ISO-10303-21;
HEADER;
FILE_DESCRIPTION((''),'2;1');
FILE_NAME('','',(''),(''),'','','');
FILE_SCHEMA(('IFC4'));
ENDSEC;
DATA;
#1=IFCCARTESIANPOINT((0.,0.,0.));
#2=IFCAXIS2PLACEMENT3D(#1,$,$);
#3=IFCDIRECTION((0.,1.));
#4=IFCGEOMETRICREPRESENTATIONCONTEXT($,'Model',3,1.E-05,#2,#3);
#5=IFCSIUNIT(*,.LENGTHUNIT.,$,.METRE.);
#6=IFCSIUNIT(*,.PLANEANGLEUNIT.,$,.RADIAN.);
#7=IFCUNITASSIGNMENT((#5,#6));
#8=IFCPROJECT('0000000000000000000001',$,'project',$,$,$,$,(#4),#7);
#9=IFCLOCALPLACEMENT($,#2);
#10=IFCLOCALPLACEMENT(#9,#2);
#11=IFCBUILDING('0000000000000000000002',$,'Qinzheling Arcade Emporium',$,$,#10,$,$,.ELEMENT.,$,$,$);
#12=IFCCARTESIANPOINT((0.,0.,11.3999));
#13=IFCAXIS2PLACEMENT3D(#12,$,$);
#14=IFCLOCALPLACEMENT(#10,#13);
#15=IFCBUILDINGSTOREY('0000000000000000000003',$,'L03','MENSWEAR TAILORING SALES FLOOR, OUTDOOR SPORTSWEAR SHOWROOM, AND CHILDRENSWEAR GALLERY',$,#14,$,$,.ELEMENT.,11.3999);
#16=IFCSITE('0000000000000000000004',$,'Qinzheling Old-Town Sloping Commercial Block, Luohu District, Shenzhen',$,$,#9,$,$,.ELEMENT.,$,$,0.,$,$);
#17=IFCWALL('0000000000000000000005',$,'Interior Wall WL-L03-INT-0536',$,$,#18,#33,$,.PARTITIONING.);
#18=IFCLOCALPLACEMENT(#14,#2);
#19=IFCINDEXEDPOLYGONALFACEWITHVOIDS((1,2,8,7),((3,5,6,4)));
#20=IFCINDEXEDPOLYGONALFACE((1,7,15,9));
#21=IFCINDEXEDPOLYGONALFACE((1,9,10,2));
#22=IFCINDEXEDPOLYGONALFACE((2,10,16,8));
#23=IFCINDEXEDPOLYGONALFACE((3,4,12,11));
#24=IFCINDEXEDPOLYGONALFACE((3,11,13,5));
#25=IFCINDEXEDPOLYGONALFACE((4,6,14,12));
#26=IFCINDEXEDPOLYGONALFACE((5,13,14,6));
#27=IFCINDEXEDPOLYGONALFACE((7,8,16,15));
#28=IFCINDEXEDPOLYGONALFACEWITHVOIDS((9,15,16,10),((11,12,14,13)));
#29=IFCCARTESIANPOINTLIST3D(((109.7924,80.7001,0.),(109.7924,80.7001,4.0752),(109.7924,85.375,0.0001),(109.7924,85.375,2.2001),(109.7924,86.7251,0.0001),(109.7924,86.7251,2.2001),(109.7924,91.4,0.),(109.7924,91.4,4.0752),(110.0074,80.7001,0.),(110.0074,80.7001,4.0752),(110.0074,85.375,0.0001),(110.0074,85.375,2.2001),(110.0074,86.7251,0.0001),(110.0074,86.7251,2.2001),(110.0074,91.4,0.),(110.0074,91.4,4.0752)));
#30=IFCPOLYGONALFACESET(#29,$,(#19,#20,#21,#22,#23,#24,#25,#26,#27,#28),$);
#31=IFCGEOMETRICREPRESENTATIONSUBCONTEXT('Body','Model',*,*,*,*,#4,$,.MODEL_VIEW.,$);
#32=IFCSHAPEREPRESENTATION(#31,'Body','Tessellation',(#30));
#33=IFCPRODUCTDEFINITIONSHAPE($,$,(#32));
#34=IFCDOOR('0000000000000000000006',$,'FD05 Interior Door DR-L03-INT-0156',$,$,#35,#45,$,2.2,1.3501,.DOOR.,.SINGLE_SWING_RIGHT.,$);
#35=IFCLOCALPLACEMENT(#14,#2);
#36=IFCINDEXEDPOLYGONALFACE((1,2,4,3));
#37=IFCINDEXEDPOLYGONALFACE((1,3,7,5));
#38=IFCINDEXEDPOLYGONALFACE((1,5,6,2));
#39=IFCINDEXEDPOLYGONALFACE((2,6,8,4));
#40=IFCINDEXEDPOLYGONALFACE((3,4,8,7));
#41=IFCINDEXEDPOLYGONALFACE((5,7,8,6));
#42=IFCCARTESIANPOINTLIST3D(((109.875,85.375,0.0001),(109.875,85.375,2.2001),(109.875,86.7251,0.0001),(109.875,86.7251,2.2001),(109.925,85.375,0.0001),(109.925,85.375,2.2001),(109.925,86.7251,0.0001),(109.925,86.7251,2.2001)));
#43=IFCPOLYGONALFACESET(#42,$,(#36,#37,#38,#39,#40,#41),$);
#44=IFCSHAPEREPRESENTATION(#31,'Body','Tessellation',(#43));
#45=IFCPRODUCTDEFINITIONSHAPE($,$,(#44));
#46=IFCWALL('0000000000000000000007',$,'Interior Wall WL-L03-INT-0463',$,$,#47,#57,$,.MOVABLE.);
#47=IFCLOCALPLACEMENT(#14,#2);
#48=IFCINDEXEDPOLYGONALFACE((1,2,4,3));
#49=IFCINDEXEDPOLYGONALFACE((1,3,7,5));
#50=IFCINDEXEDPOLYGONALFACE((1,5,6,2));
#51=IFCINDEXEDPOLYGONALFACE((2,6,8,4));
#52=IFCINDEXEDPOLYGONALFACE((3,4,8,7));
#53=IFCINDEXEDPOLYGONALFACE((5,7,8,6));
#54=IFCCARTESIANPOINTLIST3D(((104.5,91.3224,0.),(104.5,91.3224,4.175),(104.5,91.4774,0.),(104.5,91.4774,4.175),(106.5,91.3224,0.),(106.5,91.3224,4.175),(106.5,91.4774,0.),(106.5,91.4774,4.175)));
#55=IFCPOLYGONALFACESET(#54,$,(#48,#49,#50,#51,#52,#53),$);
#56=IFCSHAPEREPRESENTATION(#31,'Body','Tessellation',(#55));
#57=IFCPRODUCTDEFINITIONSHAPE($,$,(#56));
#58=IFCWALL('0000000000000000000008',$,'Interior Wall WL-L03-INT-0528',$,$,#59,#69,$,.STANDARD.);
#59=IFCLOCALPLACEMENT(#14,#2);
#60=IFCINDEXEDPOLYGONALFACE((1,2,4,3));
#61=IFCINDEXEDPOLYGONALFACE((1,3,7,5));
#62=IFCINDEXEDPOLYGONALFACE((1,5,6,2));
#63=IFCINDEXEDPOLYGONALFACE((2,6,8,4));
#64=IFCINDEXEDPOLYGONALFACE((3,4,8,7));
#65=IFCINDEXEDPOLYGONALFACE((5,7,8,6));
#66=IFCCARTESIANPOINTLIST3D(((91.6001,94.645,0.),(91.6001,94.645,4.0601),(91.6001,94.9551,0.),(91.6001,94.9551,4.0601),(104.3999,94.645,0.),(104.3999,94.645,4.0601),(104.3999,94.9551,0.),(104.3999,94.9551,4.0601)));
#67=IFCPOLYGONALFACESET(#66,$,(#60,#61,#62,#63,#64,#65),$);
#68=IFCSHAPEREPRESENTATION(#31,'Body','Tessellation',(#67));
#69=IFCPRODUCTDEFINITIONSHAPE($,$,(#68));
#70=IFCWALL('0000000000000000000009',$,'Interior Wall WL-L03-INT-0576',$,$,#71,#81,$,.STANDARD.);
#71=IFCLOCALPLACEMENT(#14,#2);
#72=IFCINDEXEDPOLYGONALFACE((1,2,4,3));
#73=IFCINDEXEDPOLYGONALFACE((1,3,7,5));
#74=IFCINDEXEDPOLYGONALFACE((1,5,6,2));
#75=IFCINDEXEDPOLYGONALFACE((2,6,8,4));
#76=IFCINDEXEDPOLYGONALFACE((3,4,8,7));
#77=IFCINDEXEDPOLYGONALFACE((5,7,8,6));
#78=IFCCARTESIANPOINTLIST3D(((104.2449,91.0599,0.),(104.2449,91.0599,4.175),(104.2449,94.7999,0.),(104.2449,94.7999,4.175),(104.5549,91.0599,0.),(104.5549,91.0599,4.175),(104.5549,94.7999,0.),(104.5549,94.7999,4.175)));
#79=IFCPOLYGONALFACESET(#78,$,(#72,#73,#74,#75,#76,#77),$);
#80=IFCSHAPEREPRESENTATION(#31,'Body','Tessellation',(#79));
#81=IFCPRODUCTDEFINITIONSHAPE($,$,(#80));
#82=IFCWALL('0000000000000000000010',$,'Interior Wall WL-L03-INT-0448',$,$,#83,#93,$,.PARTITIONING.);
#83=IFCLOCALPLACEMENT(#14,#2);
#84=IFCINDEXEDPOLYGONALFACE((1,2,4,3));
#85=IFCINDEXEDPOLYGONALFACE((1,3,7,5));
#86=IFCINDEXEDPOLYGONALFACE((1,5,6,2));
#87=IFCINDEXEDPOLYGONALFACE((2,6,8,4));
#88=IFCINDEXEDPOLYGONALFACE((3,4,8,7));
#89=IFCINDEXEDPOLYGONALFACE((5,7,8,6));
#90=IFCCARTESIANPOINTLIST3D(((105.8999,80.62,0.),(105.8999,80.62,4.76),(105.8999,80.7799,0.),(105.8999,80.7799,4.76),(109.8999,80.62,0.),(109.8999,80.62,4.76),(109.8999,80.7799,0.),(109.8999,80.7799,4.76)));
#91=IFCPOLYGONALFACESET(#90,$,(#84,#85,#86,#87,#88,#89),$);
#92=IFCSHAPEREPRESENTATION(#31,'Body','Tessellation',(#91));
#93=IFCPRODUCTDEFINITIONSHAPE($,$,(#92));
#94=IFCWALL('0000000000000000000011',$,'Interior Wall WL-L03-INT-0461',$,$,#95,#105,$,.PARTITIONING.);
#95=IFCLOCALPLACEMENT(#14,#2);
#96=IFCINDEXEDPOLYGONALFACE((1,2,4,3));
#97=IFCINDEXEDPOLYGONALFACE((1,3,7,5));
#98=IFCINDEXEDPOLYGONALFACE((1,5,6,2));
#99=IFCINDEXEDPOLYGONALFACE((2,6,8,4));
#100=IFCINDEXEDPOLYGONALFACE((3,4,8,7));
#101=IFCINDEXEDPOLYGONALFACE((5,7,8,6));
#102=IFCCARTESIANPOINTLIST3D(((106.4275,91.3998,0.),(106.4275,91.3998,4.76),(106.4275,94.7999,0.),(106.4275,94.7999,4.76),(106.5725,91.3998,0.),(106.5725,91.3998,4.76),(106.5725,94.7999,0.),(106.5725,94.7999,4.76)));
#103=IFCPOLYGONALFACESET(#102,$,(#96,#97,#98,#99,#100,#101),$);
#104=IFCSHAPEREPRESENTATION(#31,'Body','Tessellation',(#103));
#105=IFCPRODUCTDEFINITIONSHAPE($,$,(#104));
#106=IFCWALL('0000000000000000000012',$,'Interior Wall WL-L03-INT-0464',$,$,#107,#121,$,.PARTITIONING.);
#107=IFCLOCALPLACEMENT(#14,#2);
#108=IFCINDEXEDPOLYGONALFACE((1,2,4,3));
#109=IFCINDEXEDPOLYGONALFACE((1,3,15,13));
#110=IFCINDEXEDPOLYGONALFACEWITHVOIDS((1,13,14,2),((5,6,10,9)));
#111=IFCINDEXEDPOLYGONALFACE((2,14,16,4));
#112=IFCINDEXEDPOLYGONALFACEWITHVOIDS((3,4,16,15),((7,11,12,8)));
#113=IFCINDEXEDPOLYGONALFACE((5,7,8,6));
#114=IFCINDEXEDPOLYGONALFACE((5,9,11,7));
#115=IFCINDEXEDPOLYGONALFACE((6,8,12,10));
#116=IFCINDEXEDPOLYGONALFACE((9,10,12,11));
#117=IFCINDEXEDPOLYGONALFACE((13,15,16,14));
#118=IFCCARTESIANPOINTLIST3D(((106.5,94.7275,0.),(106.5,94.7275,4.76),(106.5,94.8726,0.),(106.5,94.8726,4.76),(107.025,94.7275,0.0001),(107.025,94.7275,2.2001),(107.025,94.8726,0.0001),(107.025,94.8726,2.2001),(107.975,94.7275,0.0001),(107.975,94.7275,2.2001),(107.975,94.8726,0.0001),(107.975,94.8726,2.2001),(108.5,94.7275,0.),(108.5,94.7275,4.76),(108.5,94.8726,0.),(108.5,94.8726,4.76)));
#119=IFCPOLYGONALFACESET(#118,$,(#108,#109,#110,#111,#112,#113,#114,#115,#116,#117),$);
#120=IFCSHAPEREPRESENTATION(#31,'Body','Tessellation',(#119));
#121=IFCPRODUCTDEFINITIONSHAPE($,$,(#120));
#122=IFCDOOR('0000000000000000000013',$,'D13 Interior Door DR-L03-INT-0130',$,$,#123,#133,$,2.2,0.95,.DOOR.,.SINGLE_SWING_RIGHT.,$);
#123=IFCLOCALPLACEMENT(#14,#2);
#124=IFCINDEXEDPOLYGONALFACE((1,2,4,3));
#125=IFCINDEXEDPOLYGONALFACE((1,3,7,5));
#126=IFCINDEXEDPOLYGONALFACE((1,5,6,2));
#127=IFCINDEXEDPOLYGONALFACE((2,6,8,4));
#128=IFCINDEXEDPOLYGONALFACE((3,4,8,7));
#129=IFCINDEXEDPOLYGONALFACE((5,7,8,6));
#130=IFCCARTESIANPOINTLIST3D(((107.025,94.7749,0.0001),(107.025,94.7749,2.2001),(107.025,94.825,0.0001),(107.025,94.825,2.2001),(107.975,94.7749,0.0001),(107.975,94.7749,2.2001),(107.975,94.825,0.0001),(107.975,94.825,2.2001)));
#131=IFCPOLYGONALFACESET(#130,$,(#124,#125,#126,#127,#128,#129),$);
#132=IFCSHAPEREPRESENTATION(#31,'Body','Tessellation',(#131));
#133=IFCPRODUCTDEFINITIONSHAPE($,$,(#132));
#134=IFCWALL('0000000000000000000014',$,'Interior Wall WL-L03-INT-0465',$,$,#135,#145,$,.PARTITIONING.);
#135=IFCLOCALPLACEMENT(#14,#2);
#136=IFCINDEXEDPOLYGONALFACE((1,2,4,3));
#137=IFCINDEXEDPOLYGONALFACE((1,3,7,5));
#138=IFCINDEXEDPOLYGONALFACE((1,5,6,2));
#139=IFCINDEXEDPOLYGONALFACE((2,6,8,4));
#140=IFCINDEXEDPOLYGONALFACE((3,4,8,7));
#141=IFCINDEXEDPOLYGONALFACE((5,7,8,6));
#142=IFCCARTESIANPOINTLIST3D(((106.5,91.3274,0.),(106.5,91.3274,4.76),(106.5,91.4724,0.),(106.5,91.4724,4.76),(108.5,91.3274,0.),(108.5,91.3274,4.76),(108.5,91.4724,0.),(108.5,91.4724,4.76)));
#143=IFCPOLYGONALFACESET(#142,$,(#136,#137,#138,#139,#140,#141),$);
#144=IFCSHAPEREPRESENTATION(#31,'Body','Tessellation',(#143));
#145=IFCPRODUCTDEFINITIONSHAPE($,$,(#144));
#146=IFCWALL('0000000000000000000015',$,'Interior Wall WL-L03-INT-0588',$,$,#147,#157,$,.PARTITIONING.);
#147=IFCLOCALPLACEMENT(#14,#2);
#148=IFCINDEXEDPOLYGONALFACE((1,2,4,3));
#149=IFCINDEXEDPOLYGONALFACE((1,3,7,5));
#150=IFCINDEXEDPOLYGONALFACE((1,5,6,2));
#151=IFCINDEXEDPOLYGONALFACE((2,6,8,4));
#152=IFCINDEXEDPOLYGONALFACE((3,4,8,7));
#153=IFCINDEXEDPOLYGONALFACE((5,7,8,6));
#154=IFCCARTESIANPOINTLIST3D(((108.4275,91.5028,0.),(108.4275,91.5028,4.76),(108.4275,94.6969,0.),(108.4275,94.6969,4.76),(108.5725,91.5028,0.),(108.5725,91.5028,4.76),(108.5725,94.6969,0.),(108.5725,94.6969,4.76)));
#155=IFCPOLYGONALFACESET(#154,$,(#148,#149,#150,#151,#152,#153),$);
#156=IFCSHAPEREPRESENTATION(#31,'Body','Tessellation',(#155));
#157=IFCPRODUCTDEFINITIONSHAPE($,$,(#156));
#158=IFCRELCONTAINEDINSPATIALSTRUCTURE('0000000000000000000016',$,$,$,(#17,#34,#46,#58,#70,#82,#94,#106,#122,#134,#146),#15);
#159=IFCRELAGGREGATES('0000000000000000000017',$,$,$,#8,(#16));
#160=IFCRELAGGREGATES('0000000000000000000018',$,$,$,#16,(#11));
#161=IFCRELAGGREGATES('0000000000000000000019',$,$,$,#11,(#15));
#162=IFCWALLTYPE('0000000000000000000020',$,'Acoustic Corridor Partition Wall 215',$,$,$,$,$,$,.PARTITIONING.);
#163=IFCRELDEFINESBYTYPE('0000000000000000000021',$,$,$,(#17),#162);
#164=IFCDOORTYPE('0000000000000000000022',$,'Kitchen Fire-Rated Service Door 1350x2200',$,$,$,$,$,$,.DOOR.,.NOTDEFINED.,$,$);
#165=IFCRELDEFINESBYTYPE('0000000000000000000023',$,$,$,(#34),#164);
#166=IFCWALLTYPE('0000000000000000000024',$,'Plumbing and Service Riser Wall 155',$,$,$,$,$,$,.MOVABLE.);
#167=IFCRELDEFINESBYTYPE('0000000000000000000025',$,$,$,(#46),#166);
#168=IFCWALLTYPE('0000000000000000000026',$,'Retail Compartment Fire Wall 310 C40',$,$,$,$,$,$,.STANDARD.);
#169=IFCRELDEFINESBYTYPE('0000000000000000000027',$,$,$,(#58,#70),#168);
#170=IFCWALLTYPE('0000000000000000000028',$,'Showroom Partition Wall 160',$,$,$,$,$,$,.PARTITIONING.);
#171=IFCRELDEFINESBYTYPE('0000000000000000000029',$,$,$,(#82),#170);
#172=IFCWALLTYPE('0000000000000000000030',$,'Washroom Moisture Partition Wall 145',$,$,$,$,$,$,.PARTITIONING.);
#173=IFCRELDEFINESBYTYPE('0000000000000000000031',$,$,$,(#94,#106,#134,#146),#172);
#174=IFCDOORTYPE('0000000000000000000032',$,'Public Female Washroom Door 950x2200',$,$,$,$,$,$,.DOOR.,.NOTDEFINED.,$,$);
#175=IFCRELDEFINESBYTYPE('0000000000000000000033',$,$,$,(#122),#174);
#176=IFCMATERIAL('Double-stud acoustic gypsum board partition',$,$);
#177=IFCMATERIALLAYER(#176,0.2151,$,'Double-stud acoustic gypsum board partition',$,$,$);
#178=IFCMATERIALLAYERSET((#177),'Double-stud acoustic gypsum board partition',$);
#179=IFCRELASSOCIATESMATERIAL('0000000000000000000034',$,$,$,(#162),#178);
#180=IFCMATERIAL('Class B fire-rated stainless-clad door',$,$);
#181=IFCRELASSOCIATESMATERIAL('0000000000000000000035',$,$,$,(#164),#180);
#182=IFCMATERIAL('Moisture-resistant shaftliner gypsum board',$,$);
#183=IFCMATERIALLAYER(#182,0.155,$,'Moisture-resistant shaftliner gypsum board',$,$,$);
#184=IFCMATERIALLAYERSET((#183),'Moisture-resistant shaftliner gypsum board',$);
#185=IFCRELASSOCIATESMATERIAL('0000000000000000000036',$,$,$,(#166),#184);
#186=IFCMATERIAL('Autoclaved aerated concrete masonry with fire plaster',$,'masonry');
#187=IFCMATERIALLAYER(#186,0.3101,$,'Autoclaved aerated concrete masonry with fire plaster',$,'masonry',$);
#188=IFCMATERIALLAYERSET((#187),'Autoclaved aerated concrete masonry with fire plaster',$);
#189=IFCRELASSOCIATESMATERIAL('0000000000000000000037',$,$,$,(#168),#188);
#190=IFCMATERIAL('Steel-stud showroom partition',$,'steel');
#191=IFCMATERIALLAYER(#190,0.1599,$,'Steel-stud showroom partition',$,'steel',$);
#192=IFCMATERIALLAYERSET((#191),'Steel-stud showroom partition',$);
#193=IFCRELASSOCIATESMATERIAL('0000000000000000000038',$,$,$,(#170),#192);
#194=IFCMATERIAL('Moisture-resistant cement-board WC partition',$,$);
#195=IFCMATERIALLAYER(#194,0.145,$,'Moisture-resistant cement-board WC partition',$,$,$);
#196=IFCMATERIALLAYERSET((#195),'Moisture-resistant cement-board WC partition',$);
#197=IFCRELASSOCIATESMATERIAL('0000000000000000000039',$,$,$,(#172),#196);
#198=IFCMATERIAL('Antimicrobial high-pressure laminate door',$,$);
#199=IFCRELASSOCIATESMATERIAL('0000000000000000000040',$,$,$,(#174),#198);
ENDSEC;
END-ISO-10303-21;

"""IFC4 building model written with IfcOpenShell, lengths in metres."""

from ifc_helpers import new_model, si_unit, direction, frame, frame_2d, origin, place, context, subcontext, project, spatial, rectangle, extrude, material, layer, layer_set, type_object, element, fill, save


model = new_model("IFC4")

# Units and contexts
model_context = context("Model", 3, precision=1e-05, world=origin(), true_north=direction((0.0, 1.0)))
body_context = subcontext(model_context, "Body", "Model", "MODEL_VIEW")
ifc_project = project(units=[si_unit("LENGTHUNIT", "METRE"), si_unit("PLANEANGLEUNIT", "RADIAN")], contexts=[model_context])

# Site, building, storey
site_placement = place(None, origin())
site = spatial("IfcSite", under=ifc_project, at=site_placement, Name="Qinzheling Old-Town Sloping Commercial Block, Luohu District, Shenzhen", CompositionType="ELEMENT", RefElevation=0.0)
building_placement = place(site_placement, origin())
building = spatial("IfcBuilding", under=site, at=building_placement, Name="Qinzheling Arcade Emporium", CompositionType="ELEMENT")
storey_placement = place(building_placement, frame((0.0, 0.0, 11.3999)))
storey = spatial("IfcBuildingStorey", under=building, at=storey_placement, Name="L03", Description="MENSWEAR TAILORING SALES FLOOR, OUTDOOR SPORTSWEAR SHOWROOM, AND CHILDRENSWEAR GALLERY", CompositionType="ELEMENT", Elevation=11.3999)

# Shared definitions
ifc_material_1 = material(Name="Double-stud acoustic gypsum board partition")
ifc_layer_1 = layer(ifc_material_1, 0.2151, Name="Double-stud acoustic gypsum board partition")
ifc_layer_set_1 = layer_set([ifc_layer_1], Name="Double-stud acoustic gypsum board partition")
wall_type_1 = type_object("IfcWallType", Name="Acoustic Corridor Partition Wall 215", PredefinedType="PARTITIONING", material=ifc_layer_set_1)
ifc_material_2 = material(Name="Class B fire-rated stainless-clad door")
door_type_1 = type_object("IfcDoorType", Name="Kitchen Fire-Rated Service Door 1350x2200", OperationType="NOTDEFINED", PredefinedType="DOOR", material=ifc_material_2)

# Wall, opening, door
wall_1_placement = place(storey_placement, frame((109.8999, 80.7, 0.0), z_axis=(0.0, 0.0, 1.0), x_axis=(0.0, 1.0, 0.0)))
wall_1 = element("IfcWall", 1, at=wall_1_placement, inside=storey, type_object=wall_type_1, Name="Interior Wall WL-L03-INT-0536", PredefinedType="PARTITIONING", context=body_context, shape_type="SweptSolid", body=[
    extrude(rectangle(XDim=10.7, YDim=0.2151, at=frame_2d((5.3501, 0.0))), origin(), (0.0, 0.0, 1.0), 4.0752),
])
opening_1_placement = place(wall_1_placement, frame((4.675, 0.0, 0.0)))
opening_1 = element("IfcOpeningElement", 2, at=opening_1_placement, cuts=wall_1, PredefinedType="OPENING", context=body_context, shape_type="SweptSolid", body=[
    extrude(rectangle(XDim=1.3501, YDim=2.2, at=frame_2d((0.675, 1.1001))), frame((0.0, 0.1177, 0.0), z_axis=(0.0, -1.0, 0.0), x_axis=(1.0, 0.0, 0.0)), (0.0, 0.0, 1.0), 0.2351),
])
door_1_placement = place(opening_1_placement, origin())
door_1 = element("IfcDoor", 3, at=door_1_placement, inside=storey, type_object=door_type_1, Name="FD05 Interior Door DR-L03-INT-0156", OperationType="SINGLE_SWING_RIGHT", OverallHeight=2.2, OverallWidth=1.3501, PredefinedType="DOOR", context=body_context, shape_type="SweptSolid", body=[
    extrude(rectangle(XDim=1.3501, YDim=2.2, at=frame_2d((0.675, 1.1001))), frame((0.0, 0.0249, 0.0), z_axis=(0.0, -1.0, 0.0), x_axis=(1.0, 0.0, 0.0)), (0.0, 0.0, 1.0), 0.05),
])
fill(opening_1, door_1)

# Walls
ifc_material_3 = material(Name="Moisture-resistant shaftliner gypsum board")
ifc_layer_2 = layer(ifc_material_3, 0.155, Name="Moisture-resistant shaftliner gypsum board")
ifc_layer_set_2 = layer_set([ifc_layer_2], Name="Moisture-resistant shaftliner gypsum board")
wall_type_2 = type_object("IfcWallType", Name="Plumbing and Service Riser Wall 155", PredefinedType="MOVABLE", material=ifc_layer_set_2)
wall_2_placement = place(storey_placement, frame((106.5, 91.3999, 0.0), z_axis=(0.0, 0.0, 1.0), x_axis=(-1.0, 0.0, 0.0)))
element("IfcWall", 4, at=wall_2_placement, inside=storey, type_object=wall_type_2, Name="Interior Wall WL-L03-INT-0463", PredefinedType="MOVABLE", context=body_context, shape_type="SweptSolid", body=[
    extrude(rectangle(XDim=2.0, YDim=0.155, at=frame_2d((1.0, 0.0))), origin(), (0.0, 0.0, 1.0), 4.175),
])
ifc_material_4 = material(Name="Autoclaved aerated concrete masonry with fire plaster", Category="masonry")
ifc_layer_3 = layer(ifc_material_4, 0.3101, Name="Autoclaved aerated concrete masonry with fire plaster", Category="masonry")
ifc_layer_set_3 = layer_set([ifc_layer_3], Name="Autoclaved aerated concrete masonry with fire plaster")
wall_type_3 = type_object("IfcWallType", Name="Retail Compartment Fire Wall 310 C40", PredefinedType="STANDARD", material=ifc_layer_set_3)
wall_3_placement = place(storey_placement, frame((104.3999, 94.8, 0.0), z_axis=(0.0, 0.0, 1.0), x_axis=(-1.0, 0.0, 0.0)))
element("IfcWall", 5, at=wall_3_placement, inside=storey, type_object=wall_type_3, Name="Interior Wall WL-L03-INT-0528", PredefinedType="STANDARD", context=body_context, shape_type="SweptSolid", body=[
    extrude(rectangle(XDim=12.7998, YDim=0.3101, at=frame_2d((6.3999, 0.0))), origin(), (0.0, 0.0, 1.0), 4.0601),
])
wall_4_placement = place(storey_placement, frame((104.3999, 94.8, 0.0), z_axis=(0.0, 0.0, 1.0), x_axis=(0.0, -1.0, 0.0)))
element("IfcWall", 6, at=wall_4_placement, inside=storey, type_object=wall_type_3, Name="Interior Wall WL-L03-INT-0576", PredefinedType="STANDARD", context=body_context, shape_type="SweptSolid", body=[
    extrude(rectangle(XDim=3.74, YDim=0.3101, at=frame_2d((1.8701, 0.0))), origin(), (0.0, 0.0, 1.0), 4.175),
])
ifc_material_5 = material(Name="Steel-stud showroom partition", Category="steel")
ifc_layer_4 = layer(ifc_material_5, 0.1599, Name="Steel-stud showroom partition", Category="steel")
ifc_layer_set_4 = layer_set([ifc_layer_4], Name="Steel-stud showroom partition")
wall_type_4 = type_object("IfcWallType", Name="Showroom Partition Wall 160", PredefinedType="PARTITIONING", material=ifc_layer_set_4)
wall_5_placement = place(storey_placement, frame((105.8999, 80.7, 0.0), z_axis=(0.0, 0.0, 1.0), x_axis=(1.0, 0.0, 0.0)))
element("IfcWall", 7, at=wall_5_placement, inside=storey, type_object=wall_type_4, Name="Interior Wall WL-L03-INT-0448", PredefinedType="PARTITIONING", context=body_context, shape_type="SweptSolid", body=[
    extrude(rectangle(XDim=4.0, YDim=0.1599, at=frame_2d((2.0, 0.0))), origin(), (0.0, 0.0, 1.0), 4.76),
])
ifc_material_6 = material(Name="Moisture-resistant cement-board WC partition")
ifc_layer_5 = layer(ifc_material_6, 0.145, Name="Moisture-resistant cement-board WC partition")
ifc_layer_set_5 = layer_set([ifc_layer_5], Name="Moisture-resistant cement-board WC partition")
wall_type_5 = type_object("IfcWallType", Name="Washroom Moisture Partition Wall 145", PredefinedType="PARTITIONING", material=ifc_layer_set_5)
wall_6_placement = place(storey_placement, frame((106.5, 94.8, 0.0), z_axis=(0.0, 0.0, 1.0), x_axis=(0.0, -1.0, 0.0)))
element("IfcWall", 8, at=wall_6_placement, inside=storey, type_object=wall_type_5, Name="Interior Wall WL-L03-INT-0461", PredefinedType="PARTITIONING", context=body_context, shape_type="SweptSolid", body=[
    extrude(rectangle(XDim=3.4001, YDim=0.145, at=frame_2d((1.7002, 0.0))), origin(), (0.0, 0.0, 1.0), 4.76),
])

# Wall, opening, door
ifc_material_7 = material(Name="Antimicrobial high-pressure laminate door")
wall_7_placement = place(storey_placement, frame((106.5, 94.8, 0.0), z_axis=(0.0, 0.0, 1.0), x_axis=(1.0, 0.0, 0.0)))
wall_7 = element("IfcWall", 9, at=wall_7_placement, inside=storey, type_object=wall_type_5, Name="Interior Wall WL-L03-INT-0464", PredefinedType="PARTITIONING", context=body_context, shape_type="SweptSolid", body=[
    extrude(rectangle(XDim=2.0, YDim=0.145, at=frame_2d((1.0, 0.0))), origin(), (0.0, 0.0, 1.0), 4.76),
])
opening_2_placement = place(wall_7_placement, frame((0.5249, 0.0, 0.0)))
opening_2 = element("IfcOpeningElement", 10, at=opening_2_placement, cuts=wall_7, PredefinedType="OPENING", context=body_context, shape_type="SweptSolid", body=[
    extrude(rectangle(XDim=0.95, YDim=2.2, at=frame_2d((0.4751, 1.1001))), frame((0.0, 0.0825, 0.0), z_axis=(0.0, -1.0, 0.0), x_axis=(1.0, 0.0, 0.0)), (0.0, 0.0, 1.0), 0.165),
])
door_type_2 = type_object("IfcDoorType", Name="Public Female Washroom Door 950x2200", OperationType="NOTDEFINED", PredefinedType="DOOR", material=ifc_material_7)
door_2_placement = place(opening_2_placement, origin())
door_2 = element("IfcDoor", 11, at=door_2_placement, inside=storey, type_object=door_type_2, Name="D13 Interior Door DR-L03-INT-0130", OperationType="SINGLE_SWING_RIGHT", OverallHeight=2.2, OverallWidth=0.95, PredefinedType="DOOR", context=body_context, shape_type="SweptSolid", body=[
    extrude(rectangle(XDim=0.95, YDim=2.2, at=frame_2d((0.4751, 1.1001))), frame((0.0, 0.0249, 0.0), z_axis=(0.0, -1.0, 0.0), x_axis=(1.0, 0.0, 0.0)), (0.0, 0.0, 1.0), 0.05),
])
fill(opening_2, door_2)

# Walls
wall_8_placement = place(storey_placement, frame((108.5, 91.3999, 0.0), z_axis=(0.0, 0.0, 1.0), x_axis=(-1.0, 0.0, 0.0)))
element("IfcWall", 12, at=wall_8_placement, inside=storey, type_object=wall_type_5, Name="Interior Wall WL-L03-INT-0465", PredefinedType="PARTITIONING", context=body_context, shape_type="SweptSolid", body=[
    extrude(rectangle(XDim=2.0, YDim=0.145, at=frame_2d((1.0, 0.0))), origin(), (0.0, 0.0, 1.0), 4.76),
])
wall_9_placement = place(storey_placement, frame((108.5, 94.697, 0.0), z_axis=(0.0, 0.0, 1.0), x_axis=(0.0, -1.0, 0.0)))
element("IfcWall", 13, at=wall_9_placement, inside=storey, type_object=wall_type_5, Name="Interior Wall WL-L03-INT-0588", PredefinedType="PARTITIONING", context=body_context, shape_type="SweptSolid", body=[
    extrude(rectangle(XDim=3.1941, YDim=0.145, at=frame_2d((1.5972, 0.0))), origin(), (0.0, 0.0, 1.0), 4.76),
])

save(model, "model.ifc")
